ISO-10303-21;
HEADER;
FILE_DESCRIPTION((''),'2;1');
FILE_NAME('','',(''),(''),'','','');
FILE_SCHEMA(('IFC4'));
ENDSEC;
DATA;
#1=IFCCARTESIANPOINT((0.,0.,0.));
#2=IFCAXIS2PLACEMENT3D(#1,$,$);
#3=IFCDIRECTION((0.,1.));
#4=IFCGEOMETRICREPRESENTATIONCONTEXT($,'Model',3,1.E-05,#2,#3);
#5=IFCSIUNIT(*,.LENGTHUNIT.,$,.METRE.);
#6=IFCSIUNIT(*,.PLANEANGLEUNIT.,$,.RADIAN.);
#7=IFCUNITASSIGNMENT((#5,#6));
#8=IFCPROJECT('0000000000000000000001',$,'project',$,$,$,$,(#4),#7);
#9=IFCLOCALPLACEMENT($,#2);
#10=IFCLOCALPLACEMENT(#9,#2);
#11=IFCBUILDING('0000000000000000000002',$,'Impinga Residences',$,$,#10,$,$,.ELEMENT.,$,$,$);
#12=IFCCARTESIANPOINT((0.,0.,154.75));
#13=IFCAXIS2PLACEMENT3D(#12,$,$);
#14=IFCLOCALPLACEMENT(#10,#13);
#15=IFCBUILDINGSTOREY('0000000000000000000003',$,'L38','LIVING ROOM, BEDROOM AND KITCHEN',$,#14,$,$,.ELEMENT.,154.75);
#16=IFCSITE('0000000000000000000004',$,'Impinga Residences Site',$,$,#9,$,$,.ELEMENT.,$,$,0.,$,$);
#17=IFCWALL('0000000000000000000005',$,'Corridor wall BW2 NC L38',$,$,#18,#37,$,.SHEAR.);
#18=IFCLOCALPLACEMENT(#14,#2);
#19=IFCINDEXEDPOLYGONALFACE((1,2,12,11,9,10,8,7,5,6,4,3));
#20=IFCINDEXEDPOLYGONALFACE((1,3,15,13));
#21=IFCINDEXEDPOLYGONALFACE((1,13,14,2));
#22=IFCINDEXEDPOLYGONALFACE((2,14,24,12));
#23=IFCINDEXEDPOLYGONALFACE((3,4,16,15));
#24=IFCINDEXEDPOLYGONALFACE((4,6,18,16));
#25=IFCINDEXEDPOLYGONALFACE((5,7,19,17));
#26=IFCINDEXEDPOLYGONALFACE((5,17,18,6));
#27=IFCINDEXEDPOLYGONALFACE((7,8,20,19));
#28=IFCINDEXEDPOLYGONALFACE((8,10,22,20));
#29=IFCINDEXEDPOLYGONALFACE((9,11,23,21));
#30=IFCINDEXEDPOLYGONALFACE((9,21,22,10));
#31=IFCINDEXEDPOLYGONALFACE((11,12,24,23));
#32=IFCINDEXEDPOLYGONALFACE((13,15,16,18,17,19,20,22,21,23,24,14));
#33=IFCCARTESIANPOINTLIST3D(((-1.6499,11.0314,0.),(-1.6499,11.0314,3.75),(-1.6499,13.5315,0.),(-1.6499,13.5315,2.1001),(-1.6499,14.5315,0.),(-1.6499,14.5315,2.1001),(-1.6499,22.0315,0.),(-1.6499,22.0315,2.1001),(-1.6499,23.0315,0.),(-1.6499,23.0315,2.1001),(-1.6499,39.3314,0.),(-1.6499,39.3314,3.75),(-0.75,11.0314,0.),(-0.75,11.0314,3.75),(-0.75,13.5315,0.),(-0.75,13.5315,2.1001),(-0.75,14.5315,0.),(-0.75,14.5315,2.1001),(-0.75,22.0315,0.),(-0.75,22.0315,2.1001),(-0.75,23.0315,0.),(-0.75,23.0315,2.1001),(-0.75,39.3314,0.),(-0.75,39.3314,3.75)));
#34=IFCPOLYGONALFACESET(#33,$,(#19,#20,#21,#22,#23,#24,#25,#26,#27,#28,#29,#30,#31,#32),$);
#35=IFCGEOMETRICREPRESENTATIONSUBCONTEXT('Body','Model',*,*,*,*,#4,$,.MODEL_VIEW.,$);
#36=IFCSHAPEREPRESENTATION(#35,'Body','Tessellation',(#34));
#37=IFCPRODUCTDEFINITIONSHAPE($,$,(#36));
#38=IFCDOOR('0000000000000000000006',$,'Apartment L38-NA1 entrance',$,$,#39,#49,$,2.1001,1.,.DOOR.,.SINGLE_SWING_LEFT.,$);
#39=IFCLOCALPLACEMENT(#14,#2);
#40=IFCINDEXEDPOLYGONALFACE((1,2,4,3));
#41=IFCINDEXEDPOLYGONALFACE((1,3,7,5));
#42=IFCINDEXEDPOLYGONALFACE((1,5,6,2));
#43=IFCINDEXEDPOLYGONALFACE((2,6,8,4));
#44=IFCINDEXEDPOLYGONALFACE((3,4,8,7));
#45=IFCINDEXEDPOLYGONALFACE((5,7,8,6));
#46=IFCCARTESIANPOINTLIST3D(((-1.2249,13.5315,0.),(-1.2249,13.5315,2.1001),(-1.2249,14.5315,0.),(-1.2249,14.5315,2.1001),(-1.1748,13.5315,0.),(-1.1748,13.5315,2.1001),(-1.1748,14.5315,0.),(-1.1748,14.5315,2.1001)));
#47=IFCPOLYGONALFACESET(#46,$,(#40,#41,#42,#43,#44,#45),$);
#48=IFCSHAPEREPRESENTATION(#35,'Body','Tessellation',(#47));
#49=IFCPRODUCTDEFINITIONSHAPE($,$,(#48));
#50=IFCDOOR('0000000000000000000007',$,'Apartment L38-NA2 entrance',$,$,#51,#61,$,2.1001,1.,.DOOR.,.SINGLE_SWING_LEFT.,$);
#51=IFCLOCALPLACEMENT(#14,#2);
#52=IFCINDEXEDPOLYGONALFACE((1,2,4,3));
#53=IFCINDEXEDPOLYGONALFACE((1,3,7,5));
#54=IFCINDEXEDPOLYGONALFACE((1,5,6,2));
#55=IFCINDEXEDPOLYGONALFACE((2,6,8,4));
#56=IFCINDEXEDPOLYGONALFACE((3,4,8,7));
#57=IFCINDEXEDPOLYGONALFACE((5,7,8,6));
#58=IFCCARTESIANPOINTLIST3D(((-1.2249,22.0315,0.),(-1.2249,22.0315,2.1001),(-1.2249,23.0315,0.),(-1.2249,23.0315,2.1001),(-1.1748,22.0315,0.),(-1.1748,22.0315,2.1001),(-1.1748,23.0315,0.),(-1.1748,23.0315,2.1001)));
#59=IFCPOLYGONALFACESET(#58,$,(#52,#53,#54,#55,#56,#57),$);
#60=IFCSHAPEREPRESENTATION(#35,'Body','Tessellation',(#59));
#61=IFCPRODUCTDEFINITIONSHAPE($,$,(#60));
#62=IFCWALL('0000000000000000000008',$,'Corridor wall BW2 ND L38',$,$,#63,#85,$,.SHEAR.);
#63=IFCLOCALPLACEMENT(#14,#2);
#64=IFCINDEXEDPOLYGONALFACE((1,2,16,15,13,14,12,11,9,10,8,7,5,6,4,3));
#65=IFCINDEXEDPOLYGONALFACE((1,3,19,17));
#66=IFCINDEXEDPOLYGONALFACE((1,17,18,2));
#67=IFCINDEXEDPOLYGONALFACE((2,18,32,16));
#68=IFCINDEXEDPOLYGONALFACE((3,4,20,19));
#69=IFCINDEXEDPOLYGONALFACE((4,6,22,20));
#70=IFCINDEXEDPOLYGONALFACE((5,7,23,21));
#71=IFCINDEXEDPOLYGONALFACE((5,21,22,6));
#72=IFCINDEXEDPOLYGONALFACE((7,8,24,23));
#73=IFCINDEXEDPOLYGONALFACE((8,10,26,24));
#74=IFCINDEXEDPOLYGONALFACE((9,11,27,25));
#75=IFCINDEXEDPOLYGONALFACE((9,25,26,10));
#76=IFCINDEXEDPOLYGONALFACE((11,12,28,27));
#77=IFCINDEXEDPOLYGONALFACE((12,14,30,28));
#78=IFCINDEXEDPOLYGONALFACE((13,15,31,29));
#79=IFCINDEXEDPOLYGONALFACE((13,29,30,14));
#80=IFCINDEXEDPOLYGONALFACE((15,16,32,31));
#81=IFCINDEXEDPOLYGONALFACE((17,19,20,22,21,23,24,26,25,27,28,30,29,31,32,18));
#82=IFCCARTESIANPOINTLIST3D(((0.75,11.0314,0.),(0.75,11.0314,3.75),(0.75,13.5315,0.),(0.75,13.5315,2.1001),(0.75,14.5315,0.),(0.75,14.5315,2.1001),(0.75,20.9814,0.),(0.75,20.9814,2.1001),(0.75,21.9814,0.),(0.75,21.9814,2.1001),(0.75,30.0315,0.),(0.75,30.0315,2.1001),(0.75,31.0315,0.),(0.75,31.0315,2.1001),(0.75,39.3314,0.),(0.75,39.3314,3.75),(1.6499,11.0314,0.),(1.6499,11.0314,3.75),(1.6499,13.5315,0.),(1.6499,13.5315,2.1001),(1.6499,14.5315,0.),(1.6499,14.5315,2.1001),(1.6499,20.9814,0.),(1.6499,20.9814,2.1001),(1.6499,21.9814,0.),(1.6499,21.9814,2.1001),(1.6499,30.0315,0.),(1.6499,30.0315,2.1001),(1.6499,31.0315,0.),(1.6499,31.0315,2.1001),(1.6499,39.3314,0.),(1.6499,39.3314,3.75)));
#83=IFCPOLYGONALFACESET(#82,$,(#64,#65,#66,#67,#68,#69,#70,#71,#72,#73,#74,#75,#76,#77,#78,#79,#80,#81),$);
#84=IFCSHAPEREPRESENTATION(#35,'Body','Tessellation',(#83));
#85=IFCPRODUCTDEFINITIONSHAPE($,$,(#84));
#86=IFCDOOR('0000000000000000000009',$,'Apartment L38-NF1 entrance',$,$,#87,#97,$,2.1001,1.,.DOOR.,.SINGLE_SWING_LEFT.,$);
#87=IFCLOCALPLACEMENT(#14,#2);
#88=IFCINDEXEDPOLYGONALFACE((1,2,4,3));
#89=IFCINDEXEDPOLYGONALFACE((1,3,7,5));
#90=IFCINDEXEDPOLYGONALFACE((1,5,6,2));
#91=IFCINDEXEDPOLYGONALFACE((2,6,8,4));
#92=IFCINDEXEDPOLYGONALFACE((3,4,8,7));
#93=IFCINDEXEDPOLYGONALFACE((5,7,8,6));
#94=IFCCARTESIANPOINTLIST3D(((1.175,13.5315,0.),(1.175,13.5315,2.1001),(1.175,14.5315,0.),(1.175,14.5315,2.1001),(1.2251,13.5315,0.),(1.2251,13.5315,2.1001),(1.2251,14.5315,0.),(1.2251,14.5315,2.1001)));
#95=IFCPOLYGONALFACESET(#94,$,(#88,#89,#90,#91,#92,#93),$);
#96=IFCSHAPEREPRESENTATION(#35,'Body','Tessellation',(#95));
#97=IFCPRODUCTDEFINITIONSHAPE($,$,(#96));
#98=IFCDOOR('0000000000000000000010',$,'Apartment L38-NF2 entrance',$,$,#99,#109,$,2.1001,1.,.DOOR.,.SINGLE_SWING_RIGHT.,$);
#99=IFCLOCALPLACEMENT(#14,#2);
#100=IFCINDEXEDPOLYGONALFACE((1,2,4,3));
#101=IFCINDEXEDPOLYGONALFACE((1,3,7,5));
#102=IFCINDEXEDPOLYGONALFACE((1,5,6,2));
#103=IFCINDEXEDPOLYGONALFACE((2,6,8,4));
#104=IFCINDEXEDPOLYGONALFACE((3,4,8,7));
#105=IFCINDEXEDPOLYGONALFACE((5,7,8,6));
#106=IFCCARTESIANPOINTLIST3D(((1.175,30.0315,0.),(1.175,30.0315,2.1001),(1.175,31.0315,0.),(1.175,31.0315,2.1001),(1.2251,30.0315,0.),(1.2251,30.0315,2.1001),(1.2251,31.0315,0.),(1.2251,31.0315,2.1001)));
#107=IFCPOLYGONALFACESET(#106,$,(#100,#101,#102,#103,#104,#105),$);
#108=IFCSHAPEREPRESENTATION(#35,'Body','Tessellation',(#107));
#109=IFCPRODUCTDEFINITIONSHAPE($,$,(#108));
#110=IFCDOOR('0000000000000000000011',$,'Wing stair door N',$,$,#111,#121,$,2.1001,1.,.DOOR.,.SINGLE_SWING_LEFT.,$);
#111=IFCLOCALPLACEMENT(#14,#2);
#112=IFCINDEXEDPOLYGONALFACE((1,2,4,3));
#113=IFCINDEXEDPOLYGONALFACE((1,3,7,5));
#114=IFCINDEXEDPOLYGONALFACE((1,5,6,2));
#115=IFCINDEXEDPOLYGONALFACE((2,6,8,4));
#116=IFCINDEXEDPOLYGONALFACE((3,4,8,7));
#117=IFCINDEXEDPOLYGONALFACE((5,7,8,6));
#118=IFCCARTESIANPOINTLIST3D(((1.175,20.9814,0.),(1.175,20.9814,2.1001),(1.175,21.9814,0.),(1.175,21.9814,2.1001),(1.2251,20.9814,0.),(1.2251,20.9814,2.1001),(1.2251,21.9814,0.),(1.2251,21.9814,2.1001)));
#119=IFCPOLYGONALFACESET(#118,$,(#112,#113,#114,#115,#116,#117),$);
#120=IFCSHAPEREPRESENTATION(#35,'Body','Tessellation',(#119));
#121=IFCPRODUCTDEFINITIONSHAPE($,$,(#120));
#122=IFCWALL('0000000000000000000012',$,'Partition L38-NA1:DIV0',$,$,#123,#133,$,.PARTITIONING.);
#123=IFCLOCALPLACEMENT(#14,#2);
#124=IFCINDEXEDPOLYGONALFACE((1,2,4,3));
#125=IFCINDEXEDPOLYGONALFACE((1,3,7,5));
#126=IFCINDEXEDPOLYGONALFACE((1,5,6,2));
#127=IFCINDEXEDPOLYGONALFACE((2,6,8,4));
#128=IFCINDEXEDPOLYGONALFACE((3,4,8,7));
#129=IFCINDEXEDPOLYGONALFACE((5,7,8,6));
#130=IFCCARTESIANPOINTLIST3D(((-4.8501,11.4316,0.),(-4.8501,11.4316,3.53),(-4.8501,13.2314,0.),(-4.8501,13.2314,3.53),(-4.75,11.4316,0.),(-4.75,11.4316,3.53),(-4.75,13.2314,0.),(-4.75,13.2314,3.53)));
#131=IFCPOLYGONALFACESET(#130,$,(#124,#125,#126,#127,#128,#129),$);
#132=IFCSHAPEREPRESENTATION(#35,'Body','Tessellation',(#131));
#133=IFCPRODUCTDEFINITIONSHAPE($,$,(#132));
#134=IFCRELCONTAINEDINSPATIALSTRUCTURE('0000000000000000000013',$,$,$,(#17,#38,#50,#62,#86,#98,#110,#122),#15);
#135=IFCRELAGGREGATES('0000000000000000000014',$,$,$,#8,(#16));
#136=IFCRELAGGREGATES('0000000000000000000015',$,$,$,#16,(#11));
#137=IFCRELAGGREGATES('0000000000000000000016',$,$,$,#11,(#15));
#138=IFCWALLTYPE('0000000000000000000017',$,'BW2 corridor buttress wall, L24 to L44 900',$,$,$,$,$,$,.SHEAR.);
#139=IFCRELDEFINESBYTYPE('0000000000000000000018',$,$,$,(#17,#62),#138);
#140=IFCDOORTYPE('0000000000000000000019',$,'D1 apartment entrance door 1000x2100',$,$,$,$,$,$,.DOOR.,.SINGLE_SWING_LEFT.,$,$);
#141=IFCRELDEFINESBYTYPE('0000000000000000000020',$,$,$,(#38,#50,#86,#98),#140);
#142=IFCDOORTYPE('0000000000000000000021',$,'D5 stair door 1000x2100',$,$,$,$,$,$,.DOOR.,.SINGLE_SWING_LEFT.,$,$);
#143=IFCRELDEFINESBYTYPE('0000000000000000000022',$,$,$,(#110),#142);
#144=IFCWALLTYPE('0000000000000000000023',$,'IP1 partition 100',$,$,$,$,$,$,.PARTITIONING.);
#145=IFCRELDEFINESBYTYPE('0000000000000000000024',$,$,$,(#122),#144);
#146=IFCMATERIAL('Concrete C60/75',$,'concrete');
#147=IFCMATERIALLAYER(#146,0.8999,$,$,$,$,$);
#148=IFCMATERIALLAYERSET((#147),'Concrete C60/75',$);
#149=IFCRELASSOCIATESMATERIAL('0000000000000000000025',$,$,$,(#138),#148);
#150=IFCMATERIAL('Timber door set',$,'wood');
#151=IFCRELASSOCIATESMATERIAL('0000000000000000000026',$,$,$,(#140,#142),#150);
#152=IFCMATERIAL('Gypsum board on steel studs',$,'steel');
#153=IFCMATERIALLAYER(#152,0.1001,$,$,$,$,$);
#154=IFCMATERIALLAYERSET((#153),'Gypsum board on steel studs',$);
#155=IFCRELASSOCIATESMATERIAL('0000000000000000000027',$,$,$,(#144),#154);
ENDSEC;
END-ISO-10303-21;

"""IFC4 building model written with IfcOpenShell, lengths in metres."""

from ifc_helpers import new_model, si_unit, direction, frame, frame_2d, origin, place, context, subcontext, project, spatial, rectangle, extrude, material, layer, layer_set, type_object, element, fill, save


model = new_model("IFC4")

# Units and contexts
model_context = context("Model", 3, precision=1e-05, world=origin(), true_north=direction((0.0, 1.0)))
body_context = subcontext(model_context, "Body", "Model", "MODEL_VIEW")
ifc_project = project(units=[si_unit("LENGTHUNIT", "METRE"), si_unit("PLANEANGLEUNIT", "RADIAN")], contexts=[model_context])

# Site, building, storey
site_placement = place(None, origin())
site = spatial("IfcSite", under=ifc_project, at=site_placement, Name="Impinga Residences Site", CompositionType="ELEMENT", RefElevation=0.0)
building_placement = place(site_placement, origin())
building = spatial("IfcBuilding", under=site, at=building_placement, Name="Impinga Residences", CompositionType="ELEMENT")
storey_placement = place(building_placement, frame((0.0, 0.0, 154.75)))
storey = spatial("IfcBuildingStorey", under=building, at=storey_placement, Name="L38", Description="LIVING ROOM, BEDROOM AND KITCHEN", CompositionType="ELEMENT", Elevation=154.75)

# Walls, openings, doors
ifc_material_1 = material(Name="Concrete C60/75", Category="concrete")
ifc_layer_1 = layer(ifc_material_1, 0.8999)
ifc_layer_set_1 = layer_set([ifc_layer_1], Name="Concrete C60/75")
wall_type_1 = type_object("IfcWallType", Name="BW2 corridor buttress wall, L24 to L44 900", PredefinedType="SHEAR", material=ifc_layer_set_1)
wall_1_placement = place(storey_placement, frame((-1.2, 11.0315, 0.0), z_axis=(0.0, 0.0, 1.0), x_axis=(0.0, 1.0, 0.0)))
wall_1 = element("IfcWall", 1, at=wall_1_placement, inside=storey, type_object=wall_type_1, Name="Corridor wall BW2 NC L38", PredefinedType="SHEAR", context=body_context, shape_type="SweptSolid", body=[
    extrude(rectangle(XDim=28.3, YDim=0.8999, at=frame_2d((14.1499, 0.0))), origin(), (0.0, 0.0, 1.0), 3.75),
])
opening_1_placement = place(wall_1_placement, frame((2.5, 0.0, 0.0)))
opening_1 = element("IfcOpeningElement", 2, at=opening_1_placement, cuts=wall_1, PredefinedType="OPENING", context=body_context, shape_type="SweptSolid", body=[
    extrude(rectangle(XDim=1.0, YDim=2.1001, at=frame_2d((0.5, 1.05))), frame((0.0, 0.46, 0.0), z_axis=(0.0, -1.0, 0.0), x_axis=(1.0, 0.0, 0.0)), (0.0, 0.0, 1.0), 0.9199),
])
opening_2_placement = place(wall_1_placement, frame((11.0, 0.0, 0.0)))
opening_2 = element("IfcOpeningElement", 3, at=opening_2_placement, cuts=wall_1, PredefinedType="OPENING", context=body_context, shape_type="SweptSolid", body=[
    extrude(rectangle(XDim=1.0, YDim=2.1001, at=frame_2d((0.5, 1.05))), frame((0.0, 0.46, 0.0), z_axis=(0.0, -1.0, 0.0), x_axis=(1.0, 0.0, 0.0)), (0.0, 0.0, 1.0), 0.9199),
])
ifc_material_2 = material(Name="Timber door set", Category="wood")
door_type_1 = type_object("IfcDoorType", Name="D1 apartment entrance door 1000x2100", OperationType="SINGLE_SWING_LEFT", PredefinedType="DOOR", material=ifc_material_2)
door_1_placement = place(opening_1_placement, origin())
door_1 = element("IfcDoor", 4, at=door_1_placement, inside=storey, type_object=door_type_1, Name="Apartment L38-NA1 entrance", OperationType="SINGLE_SWING_LEFT", OverallHeight=2.1001, OverallWidth=1.0, PredefinedType="DOOR", context=body_context, shape_type="SweptSolid", body=[
    extrude(rectangle(XDim=1.0, YDim=2.1001, at=frame_2d((0.5, 1.05))), frame((0.0, 0.0249, 0.0), z_axis=(0.0, -1.0, 0.0), x_axis=(1.0, 0.0, 0.0)), (0.0, 0.0, 1.0), 0.05),
])
fill(opening_1, door_1)
door_2_placement = place(opening_2_placement, origin())
door_2 = element("IfcDoor", 5, at=door_2_placement, inside=storey, type_object=door_type_1, Name="Apartment L38-NA2 entrance", OperationType="SINGLE_SWING_LEFT", OverallHeight=2.1001, OverallWidth=1.0, PredefinedType="DOOR", context=body_context, shape_type="SweptSolid", body=[
    extrude(rectangle(XDim=1.0, YDim=2.1001, at=frame_2d((0.5, 1.05))), frame((0.0, 0.0249, 0.0), z_axis=(0.0, -1.0, 0.0), x_axis=(1.0, 0.0, 0.0)), (0.0, 0.0, 1.0), 0.05),
])
fill(opening_2, door_2)
wall_2_placement = place(storey_placement, frame((1.2, 11.0315, 0.0), z_axis=(0.0, 0.0, 1.0), x_axis=(0.0, 1.0, 0.0)))
wall_2 = element("IfcWall", 6, at=wall_2_placement, inside=storey, type_object=wall_type_1, Name="Corridor wall BW2 ND L38", PredefinedType="SHEAR", context=body_context, shape_type="SweptSolid", body=[
    extrude(rectangle(XDim=28.3, YDim=0.8999, at=frame_2d((14.1499, 0.0))), origin(), (0.0, 0.0, 1.0), 3.75),
])
opening_3_placement = place(wall_2_placement, frame((9.95, 0.0, 0.0)))
opening_3 = element("IfcOpeningElement", 7, at=opening_3_placement, cuts=wall_2, PredefinedType="OPENING", context=body_context, shape_type="SweptSolid", body=[
    extrude(rectangle(XDim=1.0, YDim=2.1001, at=frame_2d((0.5, 1.05))), frame((0.0, 0.46, 0.0), z_axis=(0.0, -1.0, 0.0), x_axis=(1.0, 0.0, 0.0)), (0.0, 0.0, 1.0), 0.9199),
])
opening_4_placement = place(wall_2_placement, frame((2.5, 0.0, 0.0)))
opening_4 = element("IfcOpeningElement", 8, at=opening_4_placement, cuts=wall_2, PredefinedType="OPENING", context=body_context, shape_type="SweptSolid", body=[
    extrude(rectangle(XDim=1.0, YDim=2.1001, at=frame_2d((0.5, 1.05))), frame((0.0, 0.46, 0.0), z_axis=(0.0, -1.0, 0.0), x_axis=(1.0, 0.0, 0.0)), (0.0, 0.0, 1.0), 0.9199),
])
opening_5_placement = place(wall_2_placement, frame((19.0, 0.0, 0.0)))
opening_5 = element("IfcOpeningElement", 9, at=opening_5_placement, cuts=wall_2, PredefinedType="OPENING", context=body_context, shape_type="SweptSolid", body=[
    extrude(rectangle(XDim=1.0, YDim=2.1001, at=frame_2d((0.5, 1.05))), frame((0.0, 0.46, 0.0), z_axis=(0.0, -1.0, 0.0), x_axis=(1.0, 0.0, 0.0)), (0.0, 0.0, 1.0), 0.9199),
])
door_3_placement = place(opening_4_placement, origin())
door_3 = element("IfcDoor", 10, at=door_3_placement, inside=storey, type_object=door_type_1, Name="Apartment L38-NF1 entrance", OperationType="SINGLE_SWING_LEFT", OverallHeight=2.1001, OverallWidth=1.0, PredefinedType="DOOR", context=body_context, shape_type="SweptSolid", body=[
    extrude(rectangle(XDim=1.0, YDim=2.1001, at=frame_2d((0.5, 1.05))), frame((0.0, 0.0249, 0.0), z_axis=(0.0, -1.0, 0.0), x_axis=(1.0, 0.0, 0.0)), (0.0, 0.0, 1.0), 0.05),
])
fill(opening_4, door_3)
door_4_placement = place(opening_5_placement, origin())
door_4 = element("IfcDoor", 11, at=door_4_placement, inside=storey, type_object=door_type_1, Name="Apartment L38-NF2 entrance", OperationType="SINGLE_SWING_RIGHT", OverallHeight=2.1001, OverallWidth=1.0, PredefinedType="DOOR", context=body_context, shape_type="SweptSolid", body=[
    extrude(rectangle(XDim=1.0, YDim=2.1001, at=frame_2d((0.5, 1.05))), frame((0.0, 0.0249, 0.0), z_axis=(0.0, -1.0, 0.0), x_axis=(1.0, 0.0, 0.0)), (0.0, 0.0, 1.0), 0.05),
])
fill(opening_5, door_4)
door_type_2 = type_object("IfcDoorType", Name="D5 stair door 1000x2100", OperationType="SINGLE_SWING_LEFT", PredefinedType="DOOR", material=ifc_material_2)
door_5_placement = place(opening_3_placement, origin())
door_5 = element("IfcDoor", 12, at=door_5_placement, inside=storey, type_object=door_type_2, Name="Wing stair door N", OperationType="SINGLE_SWING_LEFT", OverallHeight=2.1001, OverallWidth=1.0, PredefinedType="DOOR", context=body_context, shape_type="SweptSolid", body=[
    extrude(rectangle(XDim=1.0, YDim=2.1001, at=frame_2d((0.5, 1.05))), frame((0.0, 0.0249, 0.0), z_axis=(0.0, -1.0, 0.0), x_axis=(1.0, 0.0, 0.0)), (0.0, 0.0, 1.0), 0.05),
])
fill(opening_3, door_5)

# Wall
ifc_material_3 = material(Name="Gypsum board on steel studs", Category="steel")
ifc_layer_2 = layer(ifc_material_3, 0.1001)
ifc_layer_set_2 = layer_set([ifc_layer_2], Name="Gypsum board on steel studs")
wall_type_2 = type_object("IfcWallType", Name="IP1 partition 100", PredefinedType="PARTITIONING", material=ifc_layer_set_2)
wall_3_placement = place(storey_placement, frame((-4.8, 11.4316, 0.0), z_axis=(0.0, 0.0, 1.0), x_axis=(0.0, 1.0, 0.0)))
element("IfcWall", 13, at=wall_3_placement, inside=storey, type_object=wall_type_2, Name="Partition L38-NA1:DIV0", PredefinedType="PARTITIONING", context=body_context, shape_type="SweptSolid", body=[
    extrude(rectangle(XDim=1.7998, YDim=0.1001, at=frame_2d((0.8999, 0.0))), origin(), (0.0, 0.0, 1.0), 3.53),
])

save(model, "model.ifc")
